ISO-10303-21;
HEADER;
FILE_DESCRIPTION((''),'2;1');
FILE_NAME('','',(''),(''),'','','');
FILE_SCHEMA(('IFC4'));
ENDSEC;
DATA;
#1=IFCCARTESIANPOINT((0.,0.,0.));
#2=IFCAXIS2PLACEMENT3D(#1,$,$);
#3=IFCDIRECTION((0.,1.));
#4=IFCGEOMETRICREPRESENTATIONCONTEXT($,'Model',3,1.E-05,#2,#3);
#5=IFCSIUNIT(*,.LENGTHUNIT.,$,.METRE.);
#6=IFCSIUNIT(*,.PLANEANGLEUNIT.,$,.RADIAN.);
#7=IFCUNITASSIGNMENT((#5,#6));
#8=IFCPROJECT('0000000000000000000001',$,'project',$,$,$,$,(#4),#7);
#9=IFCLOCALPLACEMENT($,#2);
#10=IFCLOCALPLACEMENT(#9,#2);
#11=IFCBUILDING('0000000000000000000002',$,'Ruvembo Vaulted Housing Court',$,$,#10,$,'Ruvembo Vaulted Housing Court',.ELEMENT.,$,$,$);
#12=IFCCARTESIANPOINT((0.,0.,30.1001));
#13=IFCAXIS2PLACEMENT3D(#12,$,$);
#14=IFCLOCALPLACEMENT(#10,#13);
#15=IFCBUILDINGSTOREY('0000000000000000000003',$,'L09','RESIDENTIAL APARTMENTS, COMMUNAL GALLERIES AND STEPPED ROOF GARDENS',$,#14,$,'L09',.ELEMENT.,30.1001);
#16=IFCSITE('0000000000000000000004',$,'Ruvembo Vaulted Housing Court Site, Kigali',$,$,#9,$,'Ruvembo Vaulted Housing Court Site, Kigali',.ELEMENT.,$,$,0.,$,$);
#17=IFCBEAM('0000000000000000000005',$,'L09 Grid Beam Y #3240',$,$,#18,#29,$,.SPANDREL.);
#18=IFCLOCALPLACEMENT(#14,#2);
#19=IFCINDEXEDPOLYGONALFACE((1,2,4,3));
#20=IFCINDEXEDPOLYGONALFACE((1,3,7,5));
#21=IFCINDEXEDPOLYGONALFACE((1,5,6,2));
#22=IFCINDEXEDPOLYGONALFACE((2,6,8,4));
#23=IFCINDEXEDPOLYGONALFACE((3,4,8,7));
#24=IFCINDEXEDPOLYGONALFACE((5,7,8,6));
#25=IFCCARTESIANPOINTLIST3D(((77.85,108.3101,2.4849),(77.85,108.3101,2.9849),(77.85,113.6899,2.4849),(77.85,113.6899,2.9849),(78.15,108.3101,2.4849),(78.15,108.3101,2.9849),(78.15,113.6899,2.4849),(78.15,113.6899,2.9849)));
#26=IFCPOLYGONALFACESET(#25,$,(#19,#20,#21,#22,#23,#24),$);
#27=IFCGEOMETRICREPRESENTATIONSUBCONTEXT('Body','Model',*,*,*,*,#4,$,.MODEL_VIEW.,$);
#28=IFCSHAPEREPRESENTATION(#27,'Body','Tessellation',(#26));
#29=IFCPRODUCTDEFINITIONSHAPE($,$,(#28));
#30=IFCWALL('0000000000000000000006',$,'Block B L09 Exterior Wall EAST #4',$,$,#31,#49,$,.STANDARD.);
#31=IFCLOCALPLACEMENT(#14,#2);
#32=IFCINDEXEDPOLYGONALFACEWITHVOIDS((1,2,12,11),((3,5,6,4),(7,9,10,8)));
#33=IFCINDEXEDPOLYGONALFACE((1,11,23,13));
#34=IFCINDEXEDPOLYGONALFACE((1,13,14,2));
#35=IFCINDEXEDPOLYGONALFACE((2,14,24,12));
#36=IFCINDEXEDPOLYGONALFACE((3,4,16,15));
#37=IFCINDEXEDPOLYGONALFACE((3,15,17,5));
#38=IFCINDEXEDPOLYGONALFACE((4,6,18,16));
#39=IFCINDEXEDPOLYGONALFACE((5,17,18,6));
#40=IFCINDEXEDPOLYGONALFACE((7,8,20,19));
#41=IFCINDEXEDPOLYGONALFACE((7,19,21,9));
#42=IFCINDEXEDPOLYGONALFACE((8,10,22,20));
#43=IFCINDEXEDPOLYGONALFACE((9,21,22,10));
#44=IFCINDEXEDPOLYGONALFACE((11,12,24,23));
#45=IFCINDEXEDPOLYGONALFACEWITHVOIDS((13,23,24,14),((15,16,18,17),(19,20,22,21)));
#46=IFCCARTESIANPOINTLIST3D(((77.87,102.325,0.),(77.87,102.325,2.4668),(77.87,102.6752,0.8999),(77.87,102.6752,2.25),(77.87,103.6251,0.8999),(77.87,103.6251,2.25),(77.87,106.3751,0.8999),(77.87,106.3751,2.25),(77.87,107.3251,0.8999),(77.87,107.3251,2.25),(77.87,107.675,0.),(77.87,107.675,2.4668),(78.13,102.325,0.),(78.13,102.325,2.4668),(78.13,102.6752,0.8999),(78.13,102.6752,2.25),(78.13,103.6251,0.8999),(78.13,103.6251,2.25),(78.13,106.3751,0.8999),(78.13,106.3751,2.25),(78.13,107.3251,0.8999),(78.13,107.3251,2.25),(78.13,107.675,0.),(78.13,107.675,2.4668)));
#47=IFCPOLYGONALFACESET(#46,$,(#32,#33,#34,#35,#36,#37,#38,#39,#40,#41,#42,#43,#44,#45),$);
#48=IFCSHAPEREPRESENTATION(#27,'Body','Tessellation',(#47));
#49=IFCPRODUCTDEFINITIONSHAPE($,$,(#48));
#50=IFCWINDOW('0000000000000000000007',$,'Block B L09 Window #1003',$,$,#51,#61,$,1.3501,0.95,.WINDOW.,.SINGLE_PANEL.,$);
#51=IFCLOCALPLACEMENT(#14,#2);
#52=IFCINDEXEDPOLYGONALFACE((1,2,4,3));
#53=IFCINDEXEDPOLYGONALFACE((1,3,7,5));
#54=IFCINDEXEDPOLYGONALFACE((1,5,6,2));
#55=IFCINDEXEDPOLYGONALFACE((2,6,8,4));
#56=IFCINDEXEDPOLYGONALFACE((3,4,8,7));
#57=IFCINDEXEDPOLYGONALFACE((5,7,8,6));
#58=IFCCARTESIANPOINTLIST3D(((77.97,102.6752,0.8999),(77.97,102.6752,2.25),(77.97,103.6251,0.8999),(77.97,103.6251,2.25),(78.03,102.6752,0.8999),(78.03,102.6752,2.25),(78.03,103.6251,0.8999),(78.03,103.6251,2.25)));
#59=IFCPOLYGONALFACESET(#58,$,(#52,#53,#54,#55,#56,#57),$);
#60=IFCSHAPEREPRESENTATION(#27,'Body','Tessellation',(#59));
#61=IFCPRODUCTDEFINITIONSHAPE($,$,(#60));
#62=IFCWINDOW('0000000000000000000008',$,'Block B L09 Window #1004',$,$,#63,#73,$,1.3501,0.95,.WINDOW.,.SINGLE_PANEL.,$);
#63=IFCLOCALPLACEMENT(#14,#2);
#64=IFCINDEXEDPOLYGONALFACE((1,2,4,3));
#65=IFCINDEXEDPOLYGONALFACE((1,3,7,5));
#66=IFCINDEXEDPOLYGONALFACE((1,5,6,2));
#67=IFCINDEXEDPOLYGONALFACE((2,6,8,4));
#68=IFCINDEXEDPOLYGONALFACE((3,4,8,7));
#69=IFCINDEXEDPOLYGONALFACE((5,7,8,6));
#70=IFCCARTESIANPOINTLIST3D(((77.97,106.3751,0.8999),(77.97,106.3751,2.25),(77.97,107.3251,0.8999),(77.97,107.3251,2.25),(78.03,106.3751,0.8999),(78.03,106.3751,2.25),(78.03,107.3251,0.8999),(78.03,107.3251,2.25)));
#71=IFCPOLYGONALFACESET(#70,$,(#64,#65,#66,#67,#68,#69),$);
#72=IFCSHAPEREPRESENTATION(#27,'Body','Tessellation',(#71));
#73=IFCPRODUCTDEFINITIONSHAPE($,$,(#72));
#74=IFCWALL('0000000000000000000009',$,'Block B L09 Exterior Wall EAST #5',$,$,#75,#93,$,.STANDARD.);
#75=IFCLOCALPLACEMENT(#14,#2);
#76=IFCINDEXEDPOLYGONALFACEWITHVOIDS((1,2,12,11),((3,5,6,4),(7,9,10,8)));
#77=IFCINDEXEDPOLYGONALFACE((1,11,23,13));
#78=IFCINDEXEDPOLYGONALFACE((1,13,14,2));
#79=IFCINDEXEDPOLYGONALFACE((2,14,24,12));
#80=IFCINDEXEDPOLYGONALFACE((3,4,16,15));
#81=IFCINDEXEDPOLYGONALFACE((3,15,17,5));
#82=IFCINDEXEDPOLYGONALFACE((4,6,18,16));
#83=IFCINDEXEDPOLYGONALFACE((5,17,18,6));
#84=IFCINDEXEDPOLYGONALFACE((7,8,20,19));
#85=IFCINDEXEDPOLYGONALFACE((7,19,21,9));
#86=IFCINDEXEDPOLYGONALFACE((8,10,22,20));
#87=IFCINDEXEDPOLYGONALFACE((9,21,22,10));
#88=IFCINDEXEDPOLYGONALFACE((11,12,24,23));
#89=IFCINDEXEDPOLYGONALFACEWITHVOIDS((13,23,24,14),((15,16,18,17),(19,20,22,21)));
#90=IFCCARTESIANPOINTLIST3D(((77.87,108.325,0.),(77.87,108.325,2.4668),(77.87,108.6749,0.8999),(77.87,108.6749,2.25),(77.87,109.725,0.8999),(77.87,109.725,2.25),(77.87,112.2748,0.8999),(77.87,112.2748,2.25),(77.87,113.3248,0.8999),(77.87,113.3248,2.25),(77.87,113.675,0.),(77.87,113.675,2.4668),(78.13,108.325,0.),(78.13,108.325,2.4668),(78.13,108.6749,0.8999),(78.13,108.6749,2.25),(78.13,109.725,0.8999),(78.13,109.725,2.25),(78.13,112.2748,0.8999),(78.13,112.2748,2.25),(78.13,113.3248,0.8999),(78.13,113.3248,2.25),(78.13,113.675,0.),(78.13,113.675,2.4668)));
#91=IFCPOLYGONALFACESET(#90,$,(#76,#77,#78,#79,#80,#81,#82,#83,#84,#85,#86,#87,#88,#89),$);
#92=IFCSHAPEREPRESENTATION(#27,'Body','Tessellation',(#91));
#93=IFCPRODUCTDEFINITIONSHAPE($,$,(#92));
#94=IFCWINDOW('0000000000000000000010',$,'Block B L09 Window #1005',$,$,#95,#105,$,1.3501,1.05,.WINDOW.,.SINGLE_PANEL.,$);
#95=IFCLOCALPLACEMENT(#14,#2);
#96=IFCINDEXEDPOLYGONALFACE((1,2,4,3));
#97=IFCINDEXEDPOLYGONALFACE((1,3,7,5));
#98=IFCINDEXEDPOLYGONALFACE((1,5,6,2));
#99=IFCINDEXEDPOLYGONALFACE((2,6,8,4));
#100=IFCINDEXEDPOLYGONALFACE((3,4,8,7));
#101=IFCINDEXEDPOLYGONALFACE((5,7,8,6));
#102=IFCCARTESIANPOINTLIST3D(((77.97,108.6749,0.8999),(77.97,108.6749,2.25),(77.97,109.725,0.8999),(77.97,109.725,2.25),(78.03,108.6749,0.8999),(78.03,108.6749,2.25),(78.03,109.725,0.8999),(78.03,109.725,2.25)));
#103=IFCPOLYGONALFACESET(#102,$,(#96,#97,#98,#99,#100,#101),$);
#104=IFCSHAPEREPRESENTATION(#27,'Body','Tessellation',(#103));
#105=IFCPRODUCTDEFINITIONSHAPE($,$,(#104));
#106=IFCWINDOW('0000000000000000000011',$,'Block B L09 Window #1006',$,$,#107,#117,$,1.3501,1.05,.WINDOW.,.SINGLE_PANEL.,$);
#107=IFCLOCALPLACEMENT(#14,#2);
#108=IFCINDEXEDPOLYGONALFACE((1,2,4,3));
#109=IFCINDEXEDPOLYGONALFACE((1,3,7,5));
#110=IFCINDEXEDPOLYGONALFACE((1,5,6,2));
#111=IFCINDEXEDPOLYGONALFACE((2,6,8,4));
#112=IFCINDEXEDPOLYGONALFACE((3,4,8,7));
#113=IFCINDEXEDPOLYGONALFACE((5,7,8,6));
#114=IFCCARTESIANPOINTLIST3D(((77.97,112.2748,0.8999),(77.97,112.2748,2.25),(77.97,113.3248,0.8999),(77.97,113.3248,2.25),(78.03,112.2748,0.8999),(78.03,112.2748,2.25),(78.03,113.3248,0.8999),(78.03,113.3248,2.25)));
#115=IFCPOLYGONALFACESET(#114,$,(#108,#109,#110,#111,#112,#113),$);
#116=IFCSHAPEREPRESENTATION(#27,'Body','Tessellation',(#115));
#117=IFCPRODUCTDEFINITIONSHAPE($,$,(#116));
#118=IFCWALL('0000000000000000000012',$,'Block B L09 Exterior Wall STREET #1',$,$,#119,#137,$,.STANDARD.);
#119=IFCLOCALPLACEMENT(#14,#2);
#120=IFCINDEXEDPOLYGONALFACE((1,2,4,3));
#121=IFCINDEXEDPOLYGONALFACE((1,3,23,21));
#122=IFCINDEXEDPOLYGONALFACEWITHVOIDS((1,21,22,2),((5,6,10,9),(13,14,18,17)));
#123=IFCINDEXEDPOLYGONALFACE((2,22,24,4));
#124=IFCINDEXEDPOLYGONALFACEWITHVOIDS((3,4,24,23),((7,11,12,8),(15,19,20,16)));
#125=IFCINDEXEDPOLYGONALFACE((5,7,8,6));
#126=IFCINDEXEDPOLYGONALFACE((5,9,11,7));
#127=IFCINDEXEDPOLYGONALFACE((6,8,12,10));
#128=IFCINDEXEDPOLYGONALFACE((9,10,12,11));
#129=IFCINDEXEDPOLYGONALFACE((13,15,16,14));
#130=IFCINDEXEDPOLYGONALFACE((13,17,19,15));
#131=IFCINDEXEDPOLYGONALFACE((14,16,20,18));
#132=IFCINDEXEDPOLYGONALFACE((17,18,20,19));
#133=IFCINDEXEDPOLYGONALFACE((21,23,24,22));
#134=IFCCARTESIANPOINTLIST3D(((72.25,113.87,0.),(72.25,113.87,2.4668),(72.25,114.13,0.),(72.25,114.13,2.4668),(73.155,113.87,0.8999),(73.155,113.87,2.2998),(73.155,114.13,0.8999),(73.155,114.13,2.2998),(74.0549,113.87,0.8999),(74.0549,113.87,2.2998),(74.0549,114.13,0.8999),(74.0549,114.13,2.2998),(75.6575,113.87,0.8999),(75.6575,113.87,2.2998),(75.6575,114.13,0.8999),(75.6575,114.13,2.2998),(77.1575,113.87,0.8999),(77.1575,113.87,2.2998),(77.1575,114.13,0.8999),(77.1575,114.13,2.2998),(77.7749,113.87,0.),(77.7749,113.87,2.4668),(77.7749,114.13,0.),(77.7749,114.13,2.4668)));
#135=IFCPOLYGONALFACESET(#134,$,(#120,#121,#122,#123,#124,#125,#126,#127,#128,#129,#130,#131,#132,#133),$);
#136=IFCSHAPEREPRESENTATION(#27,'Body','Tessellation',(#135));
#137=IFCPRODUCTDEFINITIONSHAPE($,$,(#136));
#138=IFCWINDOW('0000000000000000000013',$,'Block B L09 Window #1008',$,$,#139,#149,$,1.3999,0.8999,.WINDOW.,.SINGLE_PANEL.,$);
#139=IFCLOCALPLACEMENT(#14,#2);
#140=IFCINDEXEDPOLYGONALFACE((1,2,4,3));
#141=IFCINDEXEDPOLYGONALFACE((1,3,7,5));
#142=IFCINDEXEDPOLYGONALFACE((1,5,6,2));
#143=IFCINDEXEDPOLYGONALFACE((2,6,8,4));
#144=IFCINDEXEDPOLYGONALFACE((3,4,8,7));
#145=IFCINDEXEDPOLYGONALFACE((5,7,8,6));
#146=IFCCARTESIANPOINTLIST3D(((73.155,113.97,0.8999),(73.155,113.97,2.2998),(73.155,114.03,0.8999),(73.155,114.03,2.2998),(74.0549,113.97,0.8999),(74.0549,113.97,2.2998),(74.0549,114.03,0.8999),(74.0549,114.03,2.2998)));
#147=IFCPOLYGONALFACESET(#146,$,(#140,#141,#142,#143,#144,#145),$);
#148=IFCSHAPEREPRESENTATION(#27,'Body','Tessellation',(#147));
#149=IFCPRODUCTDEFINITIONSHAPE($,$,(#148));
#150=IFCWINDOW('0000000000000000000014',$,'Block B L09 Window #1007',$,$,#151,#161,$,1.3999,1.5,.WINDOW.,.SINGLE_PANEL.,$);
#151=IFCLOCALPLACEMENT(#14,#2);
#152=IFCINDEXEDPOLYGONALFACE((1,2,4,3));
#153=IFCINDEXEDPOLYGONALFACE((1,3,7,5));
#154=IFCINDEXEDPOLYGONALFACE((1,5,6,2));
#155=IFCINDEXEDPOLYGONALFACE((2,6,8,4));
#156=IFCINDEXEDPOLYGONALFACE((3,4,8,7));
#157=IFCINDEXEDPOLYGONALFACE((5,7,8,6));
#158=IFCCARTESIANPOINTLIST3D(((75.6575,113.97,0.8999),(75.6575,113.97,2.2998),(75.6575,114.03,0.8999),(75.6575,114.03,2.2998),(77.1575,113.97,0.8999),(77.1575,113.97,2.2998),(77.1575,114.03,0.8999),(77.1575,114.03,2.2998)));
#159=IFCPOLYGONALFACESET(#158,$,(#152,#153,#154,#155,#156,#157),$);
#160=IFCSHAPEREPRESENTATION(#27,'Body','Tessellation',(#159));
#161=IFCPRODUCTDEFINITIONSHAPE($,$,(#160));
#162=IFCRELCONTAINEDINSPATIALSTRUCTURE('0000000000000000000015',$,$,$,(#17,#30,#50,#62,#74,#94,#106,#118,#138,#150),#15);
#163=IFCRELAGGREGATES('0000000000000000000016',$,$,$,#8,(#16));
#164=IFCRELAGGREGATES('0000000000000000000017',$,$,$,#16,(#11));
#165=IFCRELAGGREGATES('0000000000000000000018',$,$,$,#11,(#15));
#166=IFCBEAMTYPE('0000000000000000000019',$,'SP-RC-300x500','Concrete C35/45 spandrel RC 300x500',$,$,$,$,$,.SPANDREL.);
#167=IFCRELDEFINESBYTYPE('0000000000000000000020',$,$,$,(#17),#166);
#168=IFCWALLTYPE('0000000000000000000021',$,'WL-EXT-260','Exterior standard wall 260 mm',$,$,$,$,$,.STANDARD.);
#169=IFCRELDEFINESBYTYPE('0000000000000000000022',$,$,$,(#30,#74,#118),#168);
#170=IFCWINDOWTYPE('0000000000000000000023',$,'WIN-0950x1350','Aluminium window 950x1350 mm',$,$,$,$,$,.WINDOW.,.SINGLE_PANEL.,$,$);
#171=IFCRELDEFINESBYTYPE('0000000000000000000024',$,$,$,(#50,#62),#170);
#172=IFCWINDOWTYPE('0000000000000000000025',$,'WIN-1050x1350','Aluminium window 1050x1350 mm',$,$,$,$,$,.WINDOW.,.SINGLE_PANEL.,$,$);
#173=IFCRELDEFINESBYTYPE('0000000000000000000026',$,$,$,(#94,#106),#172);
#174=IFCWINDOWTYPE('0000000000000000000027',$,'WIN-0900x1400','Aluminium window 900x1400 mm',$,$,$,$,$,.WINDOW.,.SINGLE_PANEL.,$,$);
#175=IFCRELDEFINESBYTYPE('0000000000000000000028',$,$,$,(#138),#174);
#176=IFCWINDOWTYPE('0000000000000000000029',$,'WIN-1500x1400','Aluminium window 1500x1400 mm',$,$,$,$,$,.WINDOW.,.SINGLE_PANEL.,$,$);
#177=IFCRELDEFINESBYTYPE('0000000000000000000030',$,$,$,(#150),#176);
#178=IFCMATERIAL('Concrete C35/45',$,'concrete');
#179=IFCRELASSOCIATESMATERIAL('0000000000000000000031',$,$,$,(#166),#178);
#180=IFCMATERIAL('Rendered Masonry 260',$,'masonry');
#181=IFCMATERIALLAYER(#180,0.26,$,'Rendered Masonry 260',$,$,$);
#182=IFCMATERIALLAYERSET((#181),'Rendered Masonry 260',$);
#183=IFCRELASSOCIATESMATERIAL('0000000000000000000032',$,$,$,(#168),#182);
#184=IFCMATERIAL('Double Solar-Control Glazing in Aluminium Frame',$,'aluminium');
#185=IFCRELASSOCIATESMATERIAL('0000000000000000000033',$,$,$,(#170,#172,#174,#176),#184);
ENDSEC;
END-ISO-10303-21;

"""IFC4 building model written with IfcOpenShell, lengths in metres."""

from ifc_helpers import new_model, si_unit, direction, frame, frame_2d, origin, origin_2d, place, context, subcontext, project, spatial, rectangle, extrude, material, layer, layer_set, material_profile, profile_set, type_object, element, fill, save


model = new_model("IFC4")

# Units and contexts
model_context = context("Model", 3, precision=1e-05, world=origin(), true_north=direction((0.0, 1.0)))
body_context = subcontext(model_context, "Body", "Model", "MODEL_VIEW")
ifc_project = project(units=[si_unit("LENGTHUNIT", "METRE"), si_unit("PLANEANGLEUNIT", "RADIAN")], contexts=[model_context])

# Site, building, storey
site_placement = place(None, origin())
site = spatial("IfcSite", under=ifc_project, at=site_placement, Name="Ruvembo Vaulted Housing Court Site, Kigali", LongName="Ruvembo Vaulted Housing Court Site, Kigali", CompositionType="ELEMENT", RefElevation=0.0)
building_placement = place(site_placement, origin())
building = spatial("IfcBuilding", under=site, at=building_placement, Name="Ruvembo Vaulted Housing Court", LongName="Ruvembo Vaulted Housing Court", CompositionType="ELEMENT")
storey_placement = place(building_placement, frame((0.0, 0.0, 30.1001)))
storey = spatial("IfcBuildingStorey", under=building, at=storey_placement, Name="L09", Description="RESIDENTIAL APARTMENTS, COMMUNAL GALLERIES AND STEPPED ROOF GARDENS", LongName="L09", CompositionType="ELEMENT", Elevation=30.1001)

# Shared definitions
ifc_material_1 = material(Name="Concrete C35/45", Category="concrete")

# Beam
ifc_material_profile_1 = material_profile(ifc_material_1, rectangle(XDim=0.3, YDim=0.5, at=origin_2d()), Name="RC 300x500")
ifc_profile_set_1 = profile_set([ifc_material_profile_1], Name="Concrete C35/45")
beam_type_1 = type_object("IfcBeamType", Name="SP-RC-300x500", Description="Concrete C35/45 spandrel RC 300x500", PredefinedType="SPANDREL", material=ifc_profile_set_1)
for number, where, z_axis, x_axis, name in (
    (1, (78.0, 108.3101, 2.7349), (0.0, 1.0, 0.0), (-1.0, 0.0, 0.0), "L09 Grid Beam Y #3240"),
):
    element("IfcBeam", number, at=place(storey_placement, frame(where, z_axis=z_axis, x_axis=x_axis)), inside=storey, type_object=beam_type_1, Name=name, PredefinedType="SPANDREL", context=body_context, shape_type="SweptSolid", body=[
        extrude(rectangle(XDim=0.3, YDim=0.5, at=origin_2d()), origin(), (0.0, 0.0, 1.0), 5.3799),
    ])

# Walls, openings, windows
ifc_material_2 = material(Name="Rendered Masonry 260", Category="masonry")
ifc_layer = layer(ifc_material_2, 0.26, Name="Rendered Masonry 260")
ifc_layer_set = layer_set([ifc_layer], Name="Rendered Masonry 260")
wall_type = type_object("IfcWallType", Name="WL-EXT-260", Description="Exterior standard wall 260 mm", PredefinedType="STANDARD", material=ifc_layer_set)
wall_1_placement = place(storey_placement, frame((78.0, 102.325, 0.0), z_axis=(0.0, 0.0, 1.0), x_axis=(0.0, 1.0, 0.0)))
wall_1 = element("IfcWall", 2, at=wall_1_placement, inside=storey, type_object=wall_type, Name="Block B L09 Exterior Wall EAST #4", PredefinedType="STANDARD", context=body_context, shape_type="SweptSolid", body=[
    extrude(rectangle(XDim=5.3501, YDim=0.26, at=frame_2d((2.675, 0.0))), origin(), (0.0, 0.0, 1.0), 2.4668),
])
opening_1_placement = place(wall_1_placement, frame((0.3501, 0.0, 0.8999)))
opening_1 = element("IfcOpeningElement", 3, at=opening_1_placement, cuts=wall_1, PredefinedType="OPENING", context=body_context, shape_type="SweptSolid", body=[
    extrude(rectangle(XDim=0.95, YDim=1.3501, at=frame_2d((0.4751, 0.675))), frame((0.0, 0.1399, 0.0), z_axis=(0.0, -1.0, 0.0), x_axis=(1.0, 0.0, 0.0)), (0.0, 0.0, 1.0), 0.28),
])
opening_2_placement = place(wall_1_placement, frame((4.05, 0.0, 0.8999)))
opening_2 = element("IfcOpeningElement", 4, at=opening_2_placement, cuts=wall_1, PredefinedType="OPENING", context=body_context, shape_type="SweptSolid", body=[
    extrude(rectangle(XDim=0.95, YDim=1.3501, at=frame_2d((0.4751, 0.675))), frame((0.0, 0.1399, 0.0), z_axis=(0.0, -1.0, 0.0), x_axis=(1.0, 0.0, 0.0)), (0.0, 0.0, 1.0), 0.28),
])
ifc_material_3 = material(Name="Double Solar-Control Glazing in Aluminium Frame", Category="aluminium")
window_type_1 = type_object("IfcWindowType", Name="WIN-0950x1350", Description="Aluminium window 950x1350 mm", PartitioningType="SINGLE_PANEL", PredefinedType="WINDOW", material=ifc_material_3)
window_1_placement = place(opening_1_placement, origin())
window_1 = element("IfcWindow", 5, at=window_1_placement, inside=storey, type_object=window_type_1, Name="Block B L09 Window #1003", OverallHeight=1.3501, OverallWidth=0.95, PartitioningType="SINGLE_PANEL", PredefinedType="WINDOW", context=body_context, shape_type="SweptSolid", body=[
    extrude(rectangle(XDim=0.95, YDim=1.3501, at=frame_2d((0.4751, 0.675))), frame((0.0, 0.03, 0.0), z_axis=(0.0, -1.0, 0.0), x_axis=(1.0, 0.0, 0.0)), (0.0, 0.0, 1.0), 0.0601),
])
fill(opening_1, window_1)
window_2_placement = place(opening_2_placement, origin())
window_2 = element("IfcWindow", 6, at=window_2_placement, inside=storey, type_object=window_type_1, Name="Block B L09 Window #1004", OverallHeight=1.3501, OverallWidth=0.95, PartitioningType="SINGLE_PANEL", PredefinedType="WINDOW", context=body_context, shape_type="SweptSolid", body=[
    extrude(rectangle(XDim=0.95, YDim=1.3501, at=frame_2d((0.4751, 0.675))), frame((0.0, 0.03, 0.0), z_axis=(0.0, -1.0, 0.0), x_axis=(1.0, 0.0, 0.0)), (0.0, 0.0, 1.0), 0.0601),
])
fill(opening_2, window_2)
wall_2_placement = place(storey_placement, frame((78.0, 108.325, 0.0), z_axis=(0.0, 0.0, 1.0), x_axis=(0.0, 1.0, 0.0)))
wall_2 = element("IfcWall", 7, at=wall_2_placement, inside=storey, type_object=wall_type, Name="Block B L09 Exterior Wall EAST #5", PredefinedType="STANDARD", context=body_context, shape_type="SweptSolid", body=[
    extrude(rectangle(XDim=5.3501, YDim=0.26, at=frame_2d((2.675, 0.0))), origin(), (0.0, 0.0, 1.0), 2.4668),
])
opening_3_placement = place(wall_2_placement, frame((0.3501, 0.0, 0.8999)))
opening_3 = element("IfcOpeningElement", 8, at=opening_3_placement, cuts=wall_2, PredefinedType="OPENING", context=body_context, shape_type="SweptSolid", body=[
    extrude(rectangle(XDim=1.05, YDim=1.3501, at=frame_2d((0.5249, 0.675))), frame((0.0, 0.1399, 0.0), z_axis=(0.0, -1.0, 0.0), x_axis=(1.0, 0.0, 0.0)), (0.0, 0.0, 1.0), 0.28),
])
opening_4_placement = place(wall_2_placement, frame((3.95, 0.0, 0.8999)))
opening_4 = element("IfcOpeningElement", 9, at=opening_4_placement, cuts=wall_2, PredefinedType="OPENING", context=body_context, shape_type="SweptSolid", body=[
    extrude(rectangle(XDim=1.05, YDim=1.3501, at=frame_2d((0.5249, 0.675))), frame((0.0, 0.1399, 0.0), z_axis=(0.0, -1.0, 0.0), x_axis=(1.0, 0.0, 0.0)), (0.0, 0.0, 1.0), 0.28),
])
window_type_2 = type_object("IfcWindowType", Name="WIN-1050x1350", Description="Aluminium window 1050x1350 mm", PartitioningType="SINGLE_PANEL", PredefinedType="WINDOW", material=ifc_material_3)
window_3_placement = place(opening_3_placement, origin())
window_3 = element("IfcWindow", 10, at=window_3_placement, inside=storey, type_object=window_type_2, Name="Block B L09 Window #1005", OverallHeight=1.3501, OverallWidth=1.05, PartitioningType="SINGLE_PANEL", PredefinedType="WINDOW", context=body_context, shape_type="SweptSolid", body=[
    extrude(rectangle(XDim=1.05, YDim=1.3501, at=frame_2d((0.5249, 0.675))), frame((0.0, 0.03, 0.0), z_axis=(0.0, -1.0, 0.0), x_axis=(1.0, 0.0, 0.0)), (0.0, 0.0, 1.0), 0.0601),
])
fill(opening_3, window_3)
window_4_placement = place(opening_4_placement, origin())
window_4 = element("IfcWindow", 11, at=window_4_placement, inside=storey, type_object=window_type_2, Name="Block B L09 Window #1006", OverallHeight=1.3501, OverallWidth=1.05, PartitioningType="SINGLE_PANEL", PredefinedType="WINDOW", context=body_context, shape_type="SweptSolid", body=[
    extrude(rectangle(XDim=1.05, YDim=1.3501, at=frame_2d((0.5249, 0.675))), frame((0.0, 0.03, 0.0), z_axis=(0.0, -1.0, 0.0), x_axis=(1.0, 0.0, 0.0)), (0.0, 0.0, 1.0), 0.0601),
])
fill(opening_4, window_4)
wall_3_placement = place(storey_placement, frame((77.7749, 114.0, 0.0), z_axis=(0.0, 0.0, 1.0), x_axis=(-1.0, 0.0, 0.0)))
wall_3 = element("IfcWall", 12, at=wall_3_placement, inside=storey, type_object=wall_type, Name="Block B L09 Exterior Wall STREET #1", PredefinedType="STANDARD", context=body_context, shape_type="SweptSolid", body=[
    extrude(rectangle(XDim=5.5249, YDim=0.26, at=frame_2d((2.7625, 0.0))), origin(), (0.0, 0.0, 1.0), 2.4668),
])
opening_5_placement = place(wall_3_placement, frame((0.6174, 0.0, 0.8999)))
opening_5 = element("IfcOpeningElement", 13, at=opening_5_placement, cuts=wall_3, PredefinedType="OPENING", context=body_context, shape_type="SweptSolid", body=[
    extrude(rectangle(XDim=1.5, YDim=1.3999, at=frame_2d((0.75, 0.7))), frame((0.0, 0.1399, 0.0), z_axis=(0.0, -1.0, 0.0), x_axis=(1.0, 0.0, 0.0)), (0.0, 0.0, 1.0), 0.28),
])
opening_6_placement = place(wall_3_placement, frame((3.72, 0.0, 0.8999)))
opening_6 = element("IfcOpeningElement", 14, at=opening_6_placement, cuts=wall_3, PredefinedType="OPENING", context=body_context, shape_type="SweptSolid", body=[
    extrude(rectangle(XDim=0.8999, YDim=1.3999, at=frame_2d((0.45, 0.7))), frame((0.0, 0.1399, 0.0), z_axis=(0.0, -1.0, 0.0), x_axis=(1.0, 0.0, 0.0)), (0.0, 0.0, 1.0), 0.28),
])
window_type_3 = type_object("IfcWindowType", Name="WIN-0900x1400", Description="Aluminium window 900x1400 mm", PartitioningType="SINGLE_PANEL", PredefinedType="WINDOW", material=ifc_material_3)
window_5_placement = place(opening_6_placement, origin())
window_5 = element("IfcWindow", 15, at=window_5_placement, inside=storey, type_object=window_type_3, Name="Block B L09 Window #1008", OverallHeight=1.3999, OverallWidth=0.8999, PartitioningType="SINGLE_PANEL", PredefinedType="WINDOW", context=body_context, shape_type="SweptSolid", body=[
    extrude(rectangle(XDim=0.8999, YDim=1.3999, at=frame_2d((0.45, 0.7))), frame((0.0, 0.03, 0.0), z_axis=(0.0, -1.0, 0.0), x_axis=(1.0, 0.0, 0.0)), (0.0, 0.0, 1.0), 0.0601),
])
fill(opening_6, window_5)
window_type_4 = type_object("IfcWindowType", Name="WIN-1500x1400", Description="Aluminium window 1500x1400 mm", PartitioningType="SINGLE_PANEL", PredefinedType="WINDOW", material=ifc_material_3)
window_6_placement = place(opening_5_placement, origin())
window_6 = element("IfcWindow", 16, at=window_6_placement, inside=storey, type_object=window_type_4, Name="Block B L09 Window #1007", OverallHeight=1.3999, OverallWidth=1.5, PartitioningType="SINGLE_PANEL", PredefinedType="WINDOW", context=body_context, shape_type="SweptSolid", body=[
    extrude(rectangle(XDim=1.5, YDim=1.3999, at=frame_2d((0.75, 0.7))), frame((0.0, 0.03, 0.0), z_axis=(0.0, -1.0, 0.0), x_axis=(1.0, 0.0, 0.0)), (0.0, 0.0, 1.0), 0.0601),
])
fill(opening_5, window_6)

save(model, "model.ifc")
